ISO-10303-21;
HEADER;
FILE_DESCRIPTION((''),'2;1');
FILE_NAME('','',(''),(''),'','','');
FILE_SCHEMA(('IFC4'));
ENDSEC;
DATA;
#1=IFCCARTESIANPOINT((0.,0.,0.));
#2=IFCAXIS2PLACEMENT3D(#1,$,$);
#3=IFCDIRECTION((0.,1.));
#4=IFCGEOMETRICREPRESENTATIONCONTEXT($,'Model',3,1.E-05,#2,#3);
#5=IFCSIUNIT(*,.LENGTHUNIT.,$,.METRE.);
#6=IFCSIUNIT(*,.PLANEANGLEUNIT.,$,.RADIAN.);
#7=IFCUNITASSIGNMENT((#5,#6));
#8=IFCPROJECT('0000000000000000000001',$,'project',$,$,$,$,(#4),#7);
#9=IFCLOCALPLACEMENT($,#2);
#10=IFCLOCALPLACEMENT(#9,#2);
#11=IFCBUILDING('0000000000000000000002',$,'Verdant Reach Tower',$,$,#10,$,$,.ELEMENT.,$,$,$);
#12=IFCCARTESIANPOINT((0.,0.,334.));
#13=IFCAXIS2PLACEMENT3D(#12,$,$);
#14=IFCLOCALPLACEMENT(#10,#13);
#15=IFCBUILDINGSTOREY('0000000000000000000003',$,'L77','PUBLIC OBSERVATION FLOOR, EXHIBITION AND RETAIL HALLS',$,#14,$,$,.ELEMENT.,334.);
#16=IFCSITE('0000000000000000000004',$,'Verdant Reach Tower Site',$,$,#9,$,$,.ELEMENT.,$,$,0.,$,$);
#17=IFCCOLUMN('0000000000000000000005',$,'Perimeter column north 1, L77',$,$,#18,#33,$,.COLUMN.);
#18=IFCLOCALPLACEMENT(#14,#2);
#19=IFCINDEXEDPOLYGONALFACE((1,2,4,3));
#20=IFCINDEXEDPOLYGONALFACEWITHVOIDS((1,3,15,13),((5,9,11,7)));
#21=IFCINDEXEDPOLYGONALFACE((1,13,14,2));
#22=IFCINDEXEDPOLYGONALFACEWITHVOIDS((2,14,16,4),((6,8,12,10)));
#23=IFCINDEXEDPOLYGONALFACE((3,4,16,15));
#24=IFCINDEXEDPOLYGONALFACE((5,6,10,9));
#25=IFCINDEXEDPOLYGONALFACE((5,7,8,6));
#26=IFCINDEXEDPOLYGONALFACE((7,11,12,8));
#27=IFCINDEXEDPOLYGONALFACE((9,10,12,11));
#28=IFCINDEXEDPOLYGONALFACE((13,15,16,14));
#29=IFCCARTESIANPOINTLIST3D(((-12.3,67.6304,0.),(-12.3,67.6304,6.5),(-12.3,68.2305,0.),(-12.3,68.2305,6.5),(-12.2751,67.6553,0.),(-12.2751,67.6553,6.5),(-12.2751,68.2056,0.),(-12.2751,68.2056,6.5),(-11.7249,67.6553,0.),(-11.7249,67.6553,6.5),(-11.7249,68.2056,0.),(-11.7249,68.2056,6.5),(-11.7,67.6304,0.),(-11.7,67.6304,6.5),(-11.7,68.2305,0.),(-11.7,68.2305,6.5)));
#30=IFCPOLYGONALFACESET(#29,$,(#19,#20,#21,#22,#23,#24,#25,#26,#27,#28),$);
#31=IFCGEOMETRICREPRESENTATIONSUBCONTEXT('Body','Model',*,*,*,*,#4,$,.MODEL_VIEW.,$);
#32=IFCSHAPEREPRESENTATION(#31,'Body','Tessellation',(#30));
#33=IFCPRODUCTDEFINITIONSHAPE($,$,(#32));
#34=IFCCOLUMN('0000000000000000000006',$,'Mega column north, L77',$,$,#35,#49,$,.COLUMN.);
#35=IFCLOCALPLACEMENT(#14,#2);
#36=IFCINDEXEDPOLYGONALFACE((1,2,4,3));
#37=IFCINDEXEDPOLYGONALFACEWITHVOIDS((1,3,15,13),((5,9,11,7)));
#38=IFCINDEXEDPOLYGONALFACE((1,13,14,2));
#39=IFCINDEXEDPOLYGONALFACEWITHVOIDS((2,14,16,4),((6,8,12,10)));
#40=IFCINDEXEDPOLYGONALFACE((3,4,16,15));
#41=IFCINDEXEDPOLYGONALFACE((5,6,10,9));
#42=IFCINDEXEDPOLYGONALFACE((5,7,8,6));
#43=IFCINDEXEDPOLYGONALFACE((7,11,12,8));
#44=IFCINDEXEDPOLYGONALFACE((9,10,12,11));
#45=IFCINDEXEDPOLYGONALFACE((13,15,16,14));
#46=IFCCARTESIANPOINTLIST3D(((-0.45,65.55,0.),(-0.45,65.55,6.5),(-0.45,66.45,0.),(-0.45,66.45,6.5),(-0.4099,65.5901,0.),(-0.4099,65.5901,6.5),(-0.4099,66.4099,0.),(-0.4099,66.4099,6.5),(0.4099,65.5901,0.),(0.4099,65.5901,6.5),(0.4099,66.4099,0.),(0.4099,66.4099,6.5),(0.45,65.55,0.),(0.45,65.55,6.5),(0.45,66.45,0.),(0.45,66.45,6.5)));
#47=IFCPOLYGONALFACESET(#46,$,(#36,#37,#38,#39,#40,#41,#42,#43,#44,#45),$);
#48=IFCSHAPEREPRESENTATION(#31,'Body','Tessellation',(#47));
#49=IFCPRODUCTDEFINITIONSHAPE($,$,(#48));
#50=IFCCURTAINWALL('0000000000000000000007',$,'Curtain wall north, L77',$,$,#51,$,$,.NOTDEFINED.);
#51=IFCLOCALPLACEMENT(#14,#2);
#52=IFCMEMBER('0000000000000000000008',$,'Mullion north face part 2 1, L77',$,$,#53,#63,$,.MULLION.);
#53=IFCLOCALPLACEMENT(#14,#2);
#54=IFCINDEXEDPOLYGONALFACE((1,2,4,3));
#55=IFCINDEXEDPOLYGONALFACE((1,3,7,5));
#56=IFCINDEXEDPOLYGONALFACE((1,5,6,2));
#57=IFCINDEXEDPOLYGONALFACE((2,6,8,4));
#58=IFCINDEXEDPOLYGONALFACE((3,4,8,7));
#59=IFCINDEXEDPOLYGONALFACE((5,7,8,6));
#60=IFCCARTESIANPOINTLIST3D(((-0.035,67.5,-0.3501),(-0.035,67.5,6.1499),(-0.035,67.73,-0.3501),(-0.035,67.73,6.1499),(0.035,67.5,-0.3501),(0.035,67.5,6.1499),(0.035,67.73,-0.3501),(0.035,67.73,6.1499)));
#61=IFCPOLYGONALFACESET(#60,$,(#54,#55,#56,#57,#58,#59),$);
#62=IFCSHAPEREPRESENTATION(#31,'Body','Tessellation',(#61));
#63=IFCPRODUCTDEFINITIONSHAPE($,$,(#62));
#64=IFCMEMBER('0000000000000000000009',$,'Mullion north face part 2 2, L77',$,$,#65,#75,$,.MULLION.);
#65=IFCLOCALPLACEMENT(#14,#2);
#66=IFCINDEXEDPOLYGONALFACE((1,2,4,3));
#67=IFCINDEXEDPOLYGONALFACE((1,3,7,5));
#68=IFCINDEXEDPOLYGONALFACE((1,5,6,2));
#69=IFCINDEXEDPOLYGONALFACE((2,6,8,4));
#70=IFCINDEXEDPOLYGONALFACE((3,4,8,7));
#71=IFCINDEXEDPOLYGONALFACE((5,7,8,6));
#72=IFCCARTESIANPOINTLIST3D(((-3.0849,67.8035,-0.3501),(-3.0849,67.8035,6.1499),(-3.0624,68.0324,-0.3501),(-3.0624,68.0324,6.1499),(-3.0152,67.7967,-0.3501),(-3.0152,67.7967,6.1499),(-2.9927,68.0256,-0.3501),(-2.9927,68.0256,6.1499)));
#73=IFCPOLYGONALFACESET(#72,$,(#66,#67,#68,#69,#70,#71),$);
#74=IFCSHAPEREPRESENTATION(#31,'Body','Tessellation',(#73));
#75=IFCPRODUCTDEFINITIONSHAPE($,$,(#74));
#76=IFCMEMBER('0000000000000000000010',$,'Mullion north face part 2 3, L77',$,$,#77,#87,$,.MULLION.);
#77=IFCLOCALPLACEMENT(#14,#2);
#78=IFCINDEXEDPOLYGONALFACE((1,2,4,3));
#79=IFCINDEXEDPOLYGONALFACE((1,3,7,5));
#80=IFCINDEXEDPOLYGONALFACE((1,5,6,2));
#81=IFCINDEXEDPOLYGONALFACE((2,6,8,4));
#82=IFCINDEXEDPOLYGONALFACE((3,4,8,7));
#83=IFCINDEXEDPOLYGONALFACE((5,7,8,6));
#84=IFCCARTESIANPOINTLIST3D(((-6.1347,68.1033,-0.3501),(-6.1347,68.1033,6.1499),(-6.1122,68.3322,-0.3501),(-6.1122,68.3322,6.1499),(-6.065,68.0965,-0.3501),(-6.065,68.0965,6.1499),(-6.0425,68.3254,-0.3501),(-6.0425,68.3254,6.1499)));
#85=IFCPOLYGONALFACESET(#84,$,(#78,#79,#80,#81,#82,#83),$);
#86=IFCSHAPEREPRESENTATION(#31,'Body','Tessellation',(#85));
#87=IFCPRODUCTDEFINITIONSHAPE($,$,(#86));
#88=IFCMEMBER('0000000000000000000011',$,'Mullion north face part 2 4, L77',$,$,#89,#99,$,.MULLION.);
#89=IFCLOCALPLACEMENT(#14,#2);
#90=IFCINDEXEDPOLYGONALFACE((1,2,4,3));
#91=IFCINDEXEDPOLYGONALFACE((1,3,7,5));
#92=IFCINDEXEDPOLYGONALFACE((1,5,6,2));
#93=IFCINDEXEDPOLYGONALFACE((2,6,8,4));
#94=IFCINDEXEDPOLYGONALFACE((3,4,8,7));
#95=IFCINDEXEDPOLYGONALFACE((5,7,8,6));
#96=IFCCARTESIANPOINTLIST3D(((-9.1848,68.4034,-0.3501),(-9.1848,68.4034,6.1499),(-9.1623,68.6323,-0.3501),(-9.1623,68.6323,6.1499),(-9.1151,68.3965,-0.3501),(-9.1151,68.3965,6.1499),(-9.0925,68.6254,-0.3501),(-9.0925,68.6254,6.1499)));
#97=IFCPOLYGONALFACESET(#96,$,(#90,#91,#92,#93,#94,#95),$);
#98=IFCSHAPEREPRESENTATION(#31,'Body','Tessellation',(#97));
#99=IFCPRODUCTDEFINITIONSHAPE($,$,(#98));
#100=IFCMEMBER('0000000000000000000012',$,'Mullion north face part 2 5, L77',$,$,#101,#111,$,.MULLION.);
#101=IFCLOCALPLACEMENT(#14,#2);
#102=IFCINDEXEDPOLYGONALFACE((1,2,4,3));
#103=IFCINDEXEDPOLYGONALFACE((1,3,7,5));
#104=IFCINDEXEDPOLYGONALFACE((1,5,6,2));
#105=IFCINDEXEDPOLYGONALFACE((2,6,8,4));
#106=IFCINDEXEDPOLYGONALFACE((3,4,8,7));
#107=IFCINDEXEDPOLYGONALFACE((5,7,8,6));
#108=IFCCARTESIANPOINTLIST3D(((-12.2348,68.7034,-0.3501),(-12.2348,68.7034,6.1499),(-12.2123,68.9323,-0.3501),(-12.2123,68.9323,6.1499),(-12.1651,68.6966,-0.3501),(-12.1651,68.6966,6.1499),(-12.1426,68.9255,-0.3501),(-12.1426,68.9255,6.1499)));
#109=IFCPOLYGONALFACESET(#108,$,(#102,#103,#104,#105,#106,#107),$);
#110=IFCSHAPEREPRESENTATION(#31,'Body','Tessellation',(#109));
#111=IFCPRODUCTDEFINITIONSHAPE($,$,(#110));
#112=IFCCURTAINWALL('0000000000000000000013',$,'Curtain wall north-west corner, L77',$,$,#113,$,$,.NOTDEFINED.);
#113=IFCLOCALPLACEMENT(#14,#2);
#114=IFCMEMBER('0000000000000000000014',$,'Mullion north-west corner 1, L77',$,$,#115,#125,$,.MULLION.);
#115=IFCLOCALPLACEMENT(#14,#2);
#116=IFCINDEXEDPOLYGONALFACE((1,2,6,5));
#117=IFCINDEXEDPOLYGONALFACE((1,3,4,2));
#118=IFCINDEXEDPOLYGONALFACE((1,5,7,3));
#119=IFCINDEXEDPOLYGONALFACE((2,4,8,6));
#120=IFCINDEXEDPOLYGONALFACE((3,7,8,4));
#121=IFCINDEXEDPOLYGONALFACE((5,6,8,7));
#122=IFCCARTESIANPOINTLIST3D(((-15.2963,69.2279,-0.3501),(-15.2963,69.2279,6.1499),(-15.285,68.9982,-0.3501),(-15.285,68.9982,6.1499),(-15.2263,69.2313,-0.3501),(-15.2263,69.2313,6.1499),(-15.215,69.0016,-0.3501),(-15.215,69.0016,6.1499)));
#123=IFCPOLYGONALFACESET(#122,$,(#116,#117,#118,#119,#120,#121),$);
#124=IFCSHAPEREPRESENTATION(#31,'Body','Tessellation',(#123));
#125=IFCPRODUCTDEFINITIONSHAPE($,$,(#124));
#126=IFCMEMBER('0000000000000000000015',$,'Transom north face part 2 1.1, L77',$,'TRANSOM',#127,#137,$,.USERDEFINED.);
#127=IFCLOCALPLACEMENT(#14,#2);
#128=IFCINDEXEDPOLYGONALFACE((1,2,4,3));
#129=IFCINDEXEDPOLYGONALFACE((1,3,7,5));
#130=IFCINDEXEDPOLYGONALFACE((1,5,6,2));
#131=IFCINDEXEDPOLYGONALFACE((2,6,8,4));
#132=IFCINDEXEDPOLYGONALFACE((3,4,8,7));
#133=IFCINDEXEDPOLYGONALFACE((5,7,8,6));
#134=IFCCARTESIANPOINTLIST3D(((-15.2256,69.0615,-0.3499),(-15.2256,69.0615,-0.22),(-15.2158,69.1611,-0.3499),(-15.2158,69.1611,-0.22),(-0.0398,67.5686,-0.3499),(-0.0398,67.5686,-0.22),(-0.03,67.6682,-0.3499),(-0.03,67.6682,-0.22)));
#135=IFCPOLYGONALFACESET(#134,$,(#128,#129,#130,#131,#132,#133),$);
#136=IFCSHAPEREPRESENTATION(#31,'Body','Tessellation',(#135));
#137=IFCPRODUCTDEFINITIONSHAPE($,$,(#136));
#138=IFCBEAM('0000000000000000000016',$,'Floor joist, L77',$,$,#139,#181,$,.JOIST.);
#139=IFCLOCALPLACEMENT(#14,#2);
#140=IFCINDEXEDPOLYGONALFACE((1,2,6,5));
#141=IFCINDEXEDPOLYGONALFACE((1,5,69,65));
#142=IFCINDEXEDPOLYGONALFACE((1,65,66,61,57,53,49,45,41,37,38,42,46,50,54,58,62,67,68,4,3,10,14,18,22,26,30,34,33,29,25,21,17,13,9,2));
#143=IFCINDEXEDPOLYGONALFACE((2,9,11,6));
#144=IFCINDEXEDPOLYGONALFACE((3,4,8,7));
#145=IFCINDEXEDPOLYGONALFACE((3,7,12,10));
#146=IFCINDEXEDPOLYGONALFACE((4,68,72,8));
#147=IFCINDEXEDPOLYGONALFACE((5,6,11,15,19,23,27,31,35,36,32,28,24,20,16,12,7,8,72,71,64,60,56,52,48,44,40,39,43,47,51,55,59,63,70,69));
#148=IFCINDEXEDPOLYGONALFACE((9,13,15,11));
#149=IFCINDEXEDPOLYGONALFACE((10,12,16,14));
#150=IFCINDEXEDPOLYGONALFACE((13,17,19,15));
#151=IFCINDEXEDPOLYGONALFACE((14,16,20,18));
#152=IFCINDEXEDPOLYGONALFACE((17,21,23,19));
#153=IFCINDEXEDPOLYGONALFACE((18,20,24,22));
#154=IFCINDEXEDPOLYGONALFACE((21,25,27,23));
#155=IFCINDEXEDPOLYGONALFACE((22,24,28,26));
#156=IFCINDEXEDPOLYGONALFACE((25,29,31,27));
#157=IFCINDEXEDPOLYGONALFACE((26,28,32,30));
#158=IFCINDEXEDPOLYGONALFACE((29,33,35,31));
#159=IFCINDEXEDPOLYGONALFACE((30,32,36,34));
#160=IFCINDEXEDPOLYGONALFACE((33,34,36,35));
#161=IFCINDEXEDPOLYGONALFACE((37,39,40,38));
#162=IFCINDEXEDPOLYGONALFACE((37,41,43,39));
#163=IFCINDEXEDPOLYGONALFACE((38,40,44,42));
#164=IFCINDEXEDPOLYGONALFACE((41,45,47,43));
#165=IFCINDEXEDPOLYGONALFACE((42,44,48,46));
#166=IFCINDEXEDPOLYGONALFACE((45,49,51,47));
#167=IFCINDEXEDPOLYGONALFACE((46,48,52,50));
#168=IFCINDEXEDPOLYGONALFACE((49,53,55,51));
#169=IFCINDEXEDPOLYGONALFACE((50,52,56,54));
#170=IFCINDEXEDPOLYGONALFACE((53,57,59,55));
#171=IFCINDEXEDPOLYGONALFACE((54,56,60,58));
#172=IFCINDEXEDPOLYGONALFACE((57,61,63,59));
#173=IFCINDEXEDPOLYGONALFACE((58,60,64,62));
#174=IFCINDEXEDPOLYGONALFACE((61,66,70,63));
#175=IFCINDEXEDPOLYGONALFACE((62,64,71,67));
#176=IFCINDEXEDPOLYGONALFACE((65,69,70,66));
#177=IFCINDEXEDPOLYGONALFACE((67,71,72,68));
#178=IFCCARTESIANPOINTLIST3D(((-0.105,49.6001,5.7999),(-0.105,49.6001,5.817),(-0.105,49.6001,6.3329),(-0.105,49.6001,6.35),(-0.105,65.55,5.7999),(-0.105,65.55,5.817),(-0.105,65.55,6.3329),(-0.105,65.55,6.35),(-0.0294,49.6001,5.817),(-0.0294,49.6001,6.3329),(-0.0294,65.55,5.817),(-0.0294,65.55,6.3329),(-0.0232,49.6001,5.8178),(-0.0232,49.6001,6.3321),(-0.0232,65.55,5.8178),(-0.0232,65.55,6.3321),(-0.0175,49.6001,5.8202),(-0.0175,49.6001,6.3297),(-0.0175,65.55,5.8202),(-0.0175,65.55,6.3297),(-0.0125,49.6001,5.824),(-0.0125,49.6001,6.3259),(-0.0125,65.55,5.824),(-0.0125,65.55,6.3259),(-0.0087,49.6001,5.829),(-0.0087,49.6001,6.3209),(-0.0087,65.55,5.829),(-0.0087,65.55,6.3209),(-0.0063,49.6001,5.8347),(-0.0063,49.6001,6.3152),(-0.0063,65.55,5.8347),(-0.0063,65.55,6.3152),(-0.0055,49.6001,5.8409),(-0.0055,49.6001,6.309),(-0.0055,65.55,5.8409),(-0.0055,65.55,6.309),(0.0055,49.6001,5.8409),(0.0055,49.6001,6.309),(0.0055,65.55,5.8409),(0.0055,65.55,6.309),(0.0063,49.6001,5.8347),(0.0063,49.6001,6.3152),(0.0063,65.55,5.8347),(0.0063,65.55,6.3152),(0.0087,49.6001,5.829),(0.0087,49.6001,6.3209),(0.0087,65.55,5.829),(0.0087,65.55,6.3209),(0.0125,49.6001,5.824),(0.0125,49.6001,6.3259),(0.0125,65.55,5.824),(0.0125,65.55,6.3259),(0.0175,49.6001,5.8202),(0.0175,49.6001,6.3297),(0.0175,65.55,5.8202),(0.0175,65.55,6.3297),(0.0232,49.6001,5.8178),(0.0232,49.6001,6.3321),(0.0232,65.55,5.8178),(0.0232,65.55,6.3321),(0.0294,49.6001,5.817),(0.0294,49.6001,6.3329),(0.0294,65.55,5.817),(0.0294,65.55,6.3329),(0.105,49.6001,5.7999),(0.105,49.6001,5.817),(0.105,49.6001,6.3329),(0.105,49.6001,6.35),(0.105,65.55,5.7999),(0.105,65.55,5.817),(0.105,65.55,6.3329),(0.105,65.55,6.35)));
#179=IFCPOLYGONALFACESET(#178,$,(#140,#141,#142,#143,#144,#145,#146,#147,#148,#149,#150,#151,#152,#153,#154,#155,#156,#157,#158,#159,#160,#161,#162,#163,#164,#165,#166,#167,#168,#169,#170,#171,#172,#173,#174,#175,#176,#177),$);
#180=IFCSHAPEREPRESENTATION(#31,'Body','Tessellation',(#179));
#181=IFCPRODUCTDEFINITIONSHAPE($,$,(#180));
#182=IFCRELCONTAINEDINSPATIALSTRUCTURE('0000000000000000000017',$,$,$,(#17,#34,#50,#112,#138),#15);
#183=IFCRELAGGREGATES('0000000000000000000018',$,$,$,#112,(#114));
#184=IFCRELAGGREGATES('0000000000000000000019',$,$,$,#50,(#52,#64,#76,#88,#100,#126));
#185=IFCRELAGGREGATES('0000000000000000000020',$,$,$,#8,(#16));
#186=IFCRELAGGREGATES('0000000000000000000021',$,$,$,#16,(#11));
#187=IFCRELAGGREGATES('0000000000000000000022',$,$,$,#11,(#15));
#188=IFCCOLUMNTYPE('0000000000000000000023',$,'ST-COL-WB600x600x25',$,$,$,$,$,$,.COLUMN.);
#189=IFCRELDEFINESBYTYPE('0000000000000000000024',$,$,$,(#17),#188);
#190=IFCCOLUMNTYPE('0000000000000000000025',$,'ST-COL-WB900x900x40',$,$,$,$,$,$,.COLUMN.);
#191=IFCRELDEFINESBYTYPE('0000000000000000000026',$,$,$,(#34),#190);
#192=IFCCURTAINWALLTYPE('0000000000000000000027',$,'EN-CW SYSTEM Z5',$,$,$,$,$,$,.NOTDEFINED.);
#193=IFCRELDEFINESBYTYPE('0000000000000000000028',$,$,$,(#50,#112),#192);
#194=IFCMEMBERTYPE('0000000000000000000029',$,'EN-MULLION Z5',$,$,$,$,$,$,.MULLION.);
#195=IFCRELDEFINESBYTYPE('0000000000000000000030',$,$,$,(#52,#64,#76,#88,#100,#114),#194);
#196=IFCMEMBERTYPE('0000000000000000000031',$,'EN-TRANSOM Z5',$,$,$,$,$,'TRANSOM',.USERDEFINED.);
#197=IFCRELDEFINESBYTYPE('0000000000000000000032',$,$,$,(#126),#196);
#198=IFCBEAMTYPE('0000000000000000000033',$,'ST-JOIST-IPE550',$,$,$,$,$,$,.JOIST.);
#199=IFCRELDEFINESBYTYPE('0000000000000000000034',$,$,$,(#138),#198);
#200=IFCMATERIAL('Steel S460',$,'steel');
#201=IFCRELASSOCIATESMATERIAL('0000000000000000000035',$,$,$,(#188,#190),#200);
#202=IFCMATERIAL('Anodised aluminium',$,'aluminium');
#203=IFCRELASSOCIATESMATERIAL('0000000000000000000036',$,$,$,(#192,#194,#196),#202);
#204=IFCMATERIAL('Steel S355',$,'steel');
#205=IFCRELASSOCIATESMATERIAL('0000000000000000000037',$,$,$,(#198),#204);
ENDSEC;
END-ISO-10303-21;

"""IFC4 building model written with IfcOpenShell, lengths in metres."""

from ifc_helpers import new_model, si_unit, direction, frame, origin, origin_2d, place, context, subcontext, project, spatial, rectangle, hollow_rectangle, i_section, extrude, material, material_profile, profile_set, type_object, element, aggregate, save


model = new_model("IFC4")

# Units and contexts
model_context = context("Model", 3, precision=1e-05, world=origin(), true_north=direction((0.0, 1.0)))
body_context = subcontext(model_context, "Body", "Model", "MODEL_VIEW")
ifc_project = project(units=[si_unit("LENGTHUNIT", "METRE"), si_unit("PLANEANGLEUNIT", "RADIAN")], contexts=[model_context])

# Site, building, storey
site_placement = place(None, origin())
site = spatial("IfcSite", under=ifc_project, at=site_placement, Name="Verdant Reach Tower Site", CompositionType="ELEMENT", RefElevation=0.0)
building_placement = place(site_placement, origin())
building = spatial("IfcBuilding", under=site, at=building_placement, Name="Verdant Reach Tower", CompositionType="ELEMENT")
storey_placement = place(building_placement, frame((0.0, 0.0, 334.0)))
storey = spatial("IfcBuildingStorey", under=building, at=storey_placement, Name="L77", Description="PUBLIC OBSERVATION FLOOR, EXHIBITION AND RETAIL HALLS", CompositionType="ELEMENT", Elevation=334.0)

# Columns
ifc_material_1 = material(Name="Steel S460", Category="steel")
ifc_material_profile_1 = material_profile(ifc_material_1, hollow_rectangle(XDim=0.6001, YDim=0.6001, WallThickness=0.0249, at=origin_2d()), Name="WB 600x600x25")
ifc_profile_set_1 = profile_set([ifc_material_profile_1], Name="Steel S460")
column_type_1 = type_object("IfcColumnType", Name="ST-COL-WB600x600x25", PredefinedType="COLUMN", material=ifc_profile_set_1)
column_1_placement = place(storey_placement, frame((-12.0, 67.9304, 0.0), z_axis=(0.0, 0.0, 1.0), x_axis=(1.0, 0.0, 0.0)))
element("IfcColumn", 1, at=column_1_placement, inside=storey, type_object=column_type_1, Name="Perimeter column north 1, L77", PredefinedType="COLUMN", context=body_context, shape_type="SweptSolid", body=[
    extrude(hollow_rectangle(XDim=0.6001, YDim=0.6001, WallThickness=0.0249, at=origin_2d()), origin(), (0.0, 0.0, 1.0), 6.5),
])
ifc_material_profile_2 = material_profile(ifc_material_1, hollow_rectangle(XDim=0.8999, YDim=0.8999, WallThickness=0.04, at=origin_2d()), Name="WB 900x900x40")
ifc_profile_set_2 = profile_set([ifc_material_profile_2], Name="Steel S460")
column_type_2 = type_object("IfcColumnType", Name="ST-COL-WB900x900x40", PredefinedType="COLUMN", material=ifc_profile_set_2)
column_2_placement = place(storey_placement, frame((0.0, 66.0, 0.0), z_axis=(0.0, 0.0, 1.0), x_axis=(1.0, 0.0, 0.0)))
element("IfcColumn", 2, at=column_2_placement, inside=storey, type_object=column_type_2, Name="Mega column north, L77", PredefinedType="COLUMN", context=body_context, shape_type="SweptSolid", body=[
    extrude(hollow_rectangle(XDim=0.8999, YDim=0.8999, WallThickness=0.04, at=origin_2d()), origin(), (0.0, 0.0, 1.0), 6.5),
])

# Curtain wall, members
ifc_material_2 = material(Name="Anodised aluminium", Category="aluminium")
curtain_wall_type = type_object("IfcCurtainWallType", Name="EN-CW SYSTEM Z5", PredefinedType="NOTDEFINED", material=ifc_material_2)
curtain_wall_1_placement = place(storey_placement, origin())
curtain_wall_1 = element("IfcCurtainWall", 3, at=curtain_wall_1_placement, inside=storey, type_object=curtain_wall_type, Name="Curtain wall north, L77", PredefinedType="NOTDEFINED")
ifc_material_profile_3 = material_profile(ifc_material_2, rectangle(XDim=0.23, YDim=0.0701, at=origin_2d()), Name="Mullion 70x230")
ifc_profile_set_3 = profile_set([ifc_material_profile_3], Name="Anodised aluminium")
member_type_1 = type_object("IfcMemberType", Name="EN-MULLION Z5", PredefinedType="MULLION", material=ifc_profile_set_3)
member_1_placement = place(storey_placement, frame((0.0, 67.615, -0.3501), z_axis=(0.0, 0.0, 1.0), x_axis=(0.0, 1.0, 0.0)))
member_1 = element("IfcMember", 4, at=member_1_placement, type_object=member_type_1, Name="Mullion north face part 2 1, L77", PredefinedType="MULLION", context=body_context, shape_type="SweptSolid", body=[
    extrude(rectangle(XDim=0.23, YDim=0.0701, at=origin_2d()), origin(), (0.0, 0.0, 1.0), 6.5),
])
member_2_placement = place(storey_placement, frame((-3.0388, 67.9146, -0.3501), z_axis=(0.0, 0.0, 1.0), x_axis=(0.097888, 0.995197, 0.0)))
member_2 = element("IfcMember", 5, at=member_2_placement, type_object=member_type_1, Name="Mullion north face part 2 2, L77", PredefinedType="MULLION", context=body_context, shape_type="SweptSolid", body=[
    extrude(rectangle(XDim=0.23, YDim=0.0701, at=origin_2d()), origin(), (0.0, 0.0, 1.0), 6.5),
])
member_3_placement = place(storey_placement, frame((-6.0886, 68.2144, -0.3501), z_axis=(0.0, 0.0, 1.0), x_axis=(0.097888, 0.995197, 0.0)))
member_3 = element("IfcMember", 6, at=member_3_placement, type_object=member_type_1, Name="Mullion north face part 2 3, L77", PredefinedType="MULLION", context=body_context, shape_type="SweptSolid", body=[
    extrude(rectangle(XDim=0.23, YDim=0.0701, at=origin_2d()), origin(), (0.0, 0.0, 1.0), 6.5),
])
member_4_placement = place(storey_placement, frame((-9.1387, 68.5144, -0.3501), z_axis=(0.0, 0.0, 1.0), x_axis=(0.097888, 0.995197, 0.0)))
member_4 = element("IfcMember", 7, at=member_4_placement, type_object=member_type_1, Name="Mullion north face part 2 4, L77", PredefinedType="MULLION", context=body_context, shape_type="SweptSolid", body=[
    extrude(rectangle(XDim=0.23, YDim=0.0701, at=origin_2d()), origin(), (0.0, 0.0, 1.0), 6.5),
])
member_5_placement = place(storey_placement, frame((-12.1887, 68.8145, -0.3501), z_axis=(0.0, 0.0, 1.0), x_axis=(0.097888, 0.995197, 0.0)))
member_5 = element("IfcMember", 8, at=member_5_placement, type_object=member_type_1, Name="Mullion north face part 2 5, L77", PredefinedType="MULLION", context=body_context, shape_type="SweptSolid", body=[
    extrude(rectangle(XDim=0.23, YDim=0.0701, at=origin_2d()), origin(), (0.0, 0.0, 1.0), 6.5),
])

# Curtain wall, member
curtain_wall_2_placement = place(storey_placement, origin())
curtain_wall_2 = element("IfcCurtainWall", 9, at=curtain_wall_2_placement, inside=storey, type_object=curtain_wall_type, Name="Curtain wall north-west corner, L77", PredefinedType="NOTDEFINED")
member_6_placement = place(storey_placement, frame((-15.2556, 69.1147, -0.3501), z_axis=(0.0, 0.0, 1.0), x_axis=(-0.049128, 0.998793, 0.0)))
member_6 = element("IfcMember", 10, at=member_6_placement, type_object=member_type_1, Name="Mullion north-west corner 1, L77", PredefinedType="MULLION", context=body_context, shape_type="SweptSolid", body=[
    extrude(rectangle(XDim=0.23, YDim=0.0701, at=origin_2d()), origin(), (0.0, 0.0, 1.0), 6.5),
])
aggregate(curtain_wall_2, [member_6])

# Member
ifc_material_profile_4 = material_profile(ifc_material_2, rectangle(XDim=0.1001, YDim=0.1299, at=origin_2d()), Name="Transom 130x100")
ifc_profile_set_4 = profile_set([ifc_material_profile_4], Name="Anodised aluminium")
member_type_2 = type_object("IfcMemberType", Name="EN-TRANSOM Z5", ElementType="TRANSOM", PredefinedType="USERDEFINED", material=ifc_profile_set_4)
member_7_placement = place(storey_placement, frame((-0.0349, 67.6184, -0.2849), z_axis=(-0.995202, 0.097839, 0.0), x_axis=(-0.097839, -0.995202, 0.0)))
member_7 = element("IfcMember", 11, at=member_7_placement, type_object=member_type_2, Name="Transom north face part 2 1.1, L77", ObjectType="TRANSOM", PredefinedType="USERDEFINED", context=body_context, shape_type="SweptSolid", body=[
    extrude(rectangle(XDim=0.1001, YDim=0.1299, at=origin_2d()), origin(), (0.0, 0.0, 1.0), 15.259),
])

# Beam
ifc_material_3 = material(Name="Steel S355", Category="steel")
ifc_material_profile_5 = material_profile(ifc_material_3, i_section(OverallWidth=0.21, OverallDepth=0.55, WebThickness=0.011, FlangeThickness=0.0171, FilletRadius=0.0239, at=origin_2d()), Name="IPE 550")
ifc_profile_set_5 = profile_set([ifc_material_profile_5], Name="Steel S355")
beam_type_1 = type_object("IfcBeamType", Name="ST-JOIST-IPE550", PredefinedType="JOIST", material=ifc_profile_set_5)
beam_placement = place(storey_placement, frame((0.0, 49.6001, 6.075), z_axis=(0.0, 1.0, 0.0), x_axis=(-1.0, 0.0, 0.0)))
element("IfcBeam", 12, at=beam_placement, inside=storey, type_object=beam_type_1, Name="Floor joist, L77", PredefinedType="JOIST", context=body_context, shape_type="SweptSolid", body=[
    extrude(i_section(OverallWidth=0.21, OverallDepth=0.55, WebThickness=0.011, FlangeThickness=0.0171, FilletRadius=0.0239, at=origin_2d()), origin(), (0.0, 0.0, 1.0), 15.95),
])

aggregate(curtain_wall_1, [member_1, member_2, member_3, member_4, member_5, member_7])

save(model, "model.ifc")
